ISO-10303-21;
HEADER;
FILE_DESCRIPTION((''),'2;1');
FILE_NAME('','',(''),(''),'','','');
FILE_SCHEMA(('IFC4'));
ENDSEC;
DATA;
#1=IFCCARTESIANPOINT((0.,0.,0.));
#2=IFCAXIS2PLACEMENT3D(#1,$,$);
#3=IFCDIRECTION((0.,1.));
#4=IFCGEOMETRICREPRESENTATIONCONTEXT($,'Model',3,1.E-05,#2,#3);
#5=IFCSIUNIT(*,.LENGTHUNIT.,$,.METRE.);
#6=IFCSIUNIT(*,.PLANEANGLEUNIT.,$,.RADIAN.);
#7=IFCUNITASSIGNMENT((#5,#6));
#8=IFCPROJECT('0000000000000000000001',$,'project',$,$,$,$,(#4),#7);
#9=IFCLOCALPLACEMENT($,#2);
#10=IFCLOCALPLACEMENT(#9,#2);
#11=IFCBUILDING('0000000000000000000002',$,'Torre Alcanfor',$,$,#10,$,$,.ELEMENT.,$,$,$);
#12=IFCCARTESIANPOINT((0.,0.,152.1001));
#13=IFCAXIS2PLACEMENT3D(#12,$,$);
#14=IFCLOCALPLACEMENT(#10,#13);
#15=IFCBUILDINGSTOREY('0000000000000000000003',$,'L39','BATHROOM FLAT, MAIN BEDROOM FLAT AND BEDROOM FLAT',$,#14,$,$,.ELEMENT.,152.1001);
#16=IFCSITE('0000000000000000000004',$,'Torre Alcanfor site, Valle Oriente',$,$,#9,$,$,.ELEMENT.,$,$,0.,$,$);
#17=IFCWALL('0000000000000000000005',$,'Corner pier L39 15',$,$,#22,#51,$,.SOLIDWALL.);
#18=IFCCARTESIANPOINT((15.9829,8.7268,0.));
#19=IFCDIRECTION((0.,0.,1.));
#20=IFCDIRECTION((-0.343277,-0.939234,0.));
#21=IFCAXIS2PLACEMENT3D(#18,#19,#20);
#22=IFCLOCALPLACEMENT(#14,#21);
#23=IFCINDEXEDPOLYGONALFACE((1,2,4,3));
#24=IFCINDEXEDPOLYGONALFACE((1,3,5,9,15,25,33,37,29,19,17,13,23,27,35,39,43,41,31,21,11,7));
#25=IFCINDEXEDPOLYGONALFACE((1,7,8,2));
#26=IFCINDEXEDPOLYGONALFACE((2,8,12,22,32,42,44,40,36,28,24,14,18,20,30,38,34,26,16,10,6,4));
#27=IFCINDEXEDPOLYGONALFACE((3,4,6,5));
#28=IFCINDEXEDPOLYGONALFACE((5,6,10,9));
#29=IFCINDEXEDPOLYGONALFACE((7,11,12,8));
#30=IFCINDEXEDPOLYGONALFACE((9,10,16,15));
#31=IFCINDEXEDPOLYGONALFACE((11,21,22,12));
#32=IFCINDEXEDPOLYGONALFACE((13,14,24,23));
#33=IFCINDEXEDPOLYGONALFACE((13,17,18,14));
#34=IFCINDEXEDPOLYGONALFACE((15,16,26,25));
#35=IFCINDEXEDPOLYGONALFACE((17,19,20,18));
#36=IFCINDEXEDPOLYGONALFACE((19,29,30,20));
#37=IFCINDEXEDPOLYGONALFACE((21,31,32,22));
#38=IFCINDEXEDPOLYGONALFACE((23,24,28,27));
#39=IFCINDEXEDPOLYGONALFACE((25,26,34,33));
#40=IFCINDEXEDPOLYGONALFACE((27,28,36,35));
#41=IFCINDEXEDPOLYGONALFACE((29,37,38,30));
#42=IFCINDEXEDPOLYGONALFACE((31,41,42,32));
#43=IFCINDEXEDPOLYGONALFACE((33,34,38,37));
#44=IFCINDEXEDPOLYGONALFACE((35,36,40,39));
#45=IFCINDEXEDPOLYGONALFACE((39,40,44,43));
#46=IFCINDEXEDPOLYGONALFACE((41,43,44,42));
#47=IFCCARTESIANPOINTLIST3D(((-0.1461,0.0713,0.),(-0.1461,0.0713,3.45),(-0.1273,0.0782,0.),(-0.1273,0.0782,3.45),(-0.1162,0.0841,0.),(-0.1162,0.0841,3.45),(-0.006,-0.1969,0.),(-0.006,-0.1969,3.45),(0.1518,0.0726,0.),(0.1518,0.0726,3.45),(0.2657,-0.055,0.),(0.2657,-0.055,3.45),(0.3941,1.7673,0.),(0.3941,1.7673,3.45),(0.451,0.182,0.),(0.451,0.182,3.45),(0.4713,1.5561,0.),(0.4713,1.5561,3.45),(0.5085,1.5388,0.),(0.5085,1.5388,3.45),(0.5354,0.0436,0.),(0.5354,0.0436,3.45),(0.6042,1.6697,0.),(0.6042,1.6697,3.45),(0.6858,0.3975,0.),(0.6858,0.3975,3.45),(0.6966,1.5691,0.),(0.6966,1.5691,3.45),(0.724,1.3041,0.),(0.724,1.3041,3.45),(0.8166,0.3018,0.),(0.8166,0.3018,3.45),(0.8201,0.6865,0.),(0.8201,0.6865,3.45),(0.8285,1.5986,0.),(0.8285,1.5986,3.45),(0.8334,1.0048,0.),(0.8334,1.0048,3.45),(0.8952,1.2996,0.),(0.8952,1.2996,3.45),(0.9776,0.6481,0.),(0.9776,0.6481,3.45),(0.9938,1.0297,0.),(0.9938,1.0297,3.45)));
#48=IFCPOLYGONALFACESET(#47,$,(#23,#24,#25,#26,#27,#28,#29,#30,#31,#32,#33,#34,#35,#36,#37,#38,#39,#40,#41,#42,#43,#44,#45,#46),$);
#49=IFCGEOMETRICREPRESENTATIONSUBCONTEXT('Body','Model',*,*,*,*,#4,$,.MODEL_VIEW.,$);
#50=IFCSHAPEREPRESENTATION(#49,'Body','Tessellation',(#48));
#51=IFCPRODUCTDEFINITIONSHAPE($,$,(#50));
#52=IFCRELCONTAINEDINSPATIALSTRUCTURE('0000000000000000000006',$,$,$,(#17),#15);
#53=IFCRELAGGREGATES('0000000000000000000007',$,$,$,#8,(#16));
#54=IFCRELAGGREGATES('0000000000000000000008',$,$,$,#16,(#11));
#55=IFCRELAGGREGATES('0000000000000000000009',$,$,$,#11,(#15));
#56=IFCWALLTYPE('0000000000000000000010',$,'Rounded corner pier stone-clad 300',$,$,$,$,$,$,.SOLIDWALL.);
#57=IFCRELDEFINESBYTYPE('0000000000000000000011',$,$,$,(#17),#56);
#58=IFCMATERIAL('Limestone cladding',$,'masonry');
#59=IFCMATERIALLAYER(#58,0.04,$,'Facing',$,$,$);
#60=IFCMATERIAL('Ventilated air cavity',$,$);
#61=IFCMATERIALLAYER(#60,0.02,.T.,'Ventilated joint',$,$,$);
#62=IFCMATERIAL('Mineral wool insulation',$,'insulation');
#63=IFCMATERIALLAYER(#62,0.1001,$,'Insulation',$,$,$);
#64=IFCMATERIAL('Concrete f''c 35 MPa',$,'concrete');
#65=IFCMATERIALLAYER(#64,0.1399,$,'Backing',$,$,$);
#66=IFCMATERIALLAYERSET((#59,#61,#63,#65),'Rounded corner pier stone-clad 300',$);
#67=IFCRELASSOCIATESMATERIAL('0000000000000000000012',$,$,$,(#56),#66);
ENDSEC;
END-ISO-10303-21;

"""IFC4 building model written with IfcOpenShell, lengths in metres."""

from ifc_helpers import new_model, si_unit, direction, frame, origin, place, context, subcontext, project, spatial, polyline, outline, extrude, material, layer, layer_set, type_object, element, save


model = new_model("IFC4")

# Units and contexts
model_context = context("Model", 3, precision=1e-05, world=origin(), true_north=direction((0.0, 1.0)))
body_context = subcontext(model_context, "Body", "Model", "MODEL_VIEW")
ifc_project = project(units=[si_unit("LENGTHUNIT", "METRE"), si_unit("PLANEANGLEUNIT", "RADIAN")], contexts=[model_context])

# Site, building, storey
site_placement = place(None, origin())
site = spatial("IfcSite", under=ifc_project, at=site_placement, Name="Torre Alcanfor site, Valle Oriente", CompositionType="ELEMENT", RefElevation=0.0)
building_placement = place(site_placement, origin())
building = spatial("IfcBuilding", under=site, at=building_placement, Name="Torre Alcanfor", CompositionType="ELEMENT")
storey_placement = place(building_placement, frame((0.0, 0.0, 152.1001)))
storey = spatial("IfcBuildingStorey", under=building, at=storey_placement, Name="L39", Description="BATHROOM FLAT, MAIN BEDROOM FLAT AND BEDROOM FLAT", CompositionType="ELEMENT", Elevation=152.1001)

# Wall
ifc_material_1 = material(Name="Limestone cladding", Category="masonry")
ifc_layer_1 = layer(ifc_material_1, 0.04, Name="Facing")
ifc_material_2 = material(Name="Ventilated air cavity")
ifc_layer_2 = layer(ifc_material_2, 0.02, ventilated=True, Name="Ventilated joint")
ifc_material_3 = material(Name="Mineral wool insulation", Category="insulation")
ifc_layer_3 = layer(ifc_material_3, 0.1001, Name="Insulation")
ifc_material_4 = material(Name="Concrete f'c 35 MPa", Category="concrete")
ifc_layer_4 = layer(ifc_material_4, 0.1399, Name="Backing")
ifc_layer_set_1 = layer_set([ifc_layer_1, ifc_layer_2, ifc_layer_3, ifc_layer_4], Name="Rounded corner pier stone-clad 300")
wall_type_1 = type_object("IfcWallType", Name="Rounded corner pier stone-clad 300", PredefinedType="SOLIDWALL", material=ifc_layer_set_1)
wall_1_placement = place(storey_placement, frame((15.9829, 8.7268, 0.0), z_axis=(0.0, 0.0, 1.0), x_axis=(-0.343277, -0.939234, 0.0)))
element("IfcWall", 1, at=wall_1_placement, inside=storey, type_object=wall_type_1, Name="Corner pier L39 15", PredefinedType="SOLIDWALL", context=body_context, shape_type="SweptSolid", body=[
    extrude(outline(polyline([(0.8285, 1.5986), (0.6966, 1.5691), (0.6042, 1.6697), (0.3941, 1.7673), (0.4713, 1.5561), (0.5085, 1.5388), (0.724, 1.3041), (0.8334, 1.0048), (0.8201, 0.6865), (0.6858, 0.3975), (0.451, 0.182), (0.1518, 0.0726), (-0.1162, 0.0841), (-0.1273, 0.0782), (-0.1461, 0.0713), (-0.006, -0.1969), (0.2657, -0.055), (0.5354, 0.0436), (0.8166, 0.3018), (0.9776, 0.6481), (0.9938, 1.0297), (0.8952, 1.2996), (0.8285, 1.5986)])), origin(), (0.0, 0.0, 1.0), 3.45),
])

save(model, "model.ifc")
